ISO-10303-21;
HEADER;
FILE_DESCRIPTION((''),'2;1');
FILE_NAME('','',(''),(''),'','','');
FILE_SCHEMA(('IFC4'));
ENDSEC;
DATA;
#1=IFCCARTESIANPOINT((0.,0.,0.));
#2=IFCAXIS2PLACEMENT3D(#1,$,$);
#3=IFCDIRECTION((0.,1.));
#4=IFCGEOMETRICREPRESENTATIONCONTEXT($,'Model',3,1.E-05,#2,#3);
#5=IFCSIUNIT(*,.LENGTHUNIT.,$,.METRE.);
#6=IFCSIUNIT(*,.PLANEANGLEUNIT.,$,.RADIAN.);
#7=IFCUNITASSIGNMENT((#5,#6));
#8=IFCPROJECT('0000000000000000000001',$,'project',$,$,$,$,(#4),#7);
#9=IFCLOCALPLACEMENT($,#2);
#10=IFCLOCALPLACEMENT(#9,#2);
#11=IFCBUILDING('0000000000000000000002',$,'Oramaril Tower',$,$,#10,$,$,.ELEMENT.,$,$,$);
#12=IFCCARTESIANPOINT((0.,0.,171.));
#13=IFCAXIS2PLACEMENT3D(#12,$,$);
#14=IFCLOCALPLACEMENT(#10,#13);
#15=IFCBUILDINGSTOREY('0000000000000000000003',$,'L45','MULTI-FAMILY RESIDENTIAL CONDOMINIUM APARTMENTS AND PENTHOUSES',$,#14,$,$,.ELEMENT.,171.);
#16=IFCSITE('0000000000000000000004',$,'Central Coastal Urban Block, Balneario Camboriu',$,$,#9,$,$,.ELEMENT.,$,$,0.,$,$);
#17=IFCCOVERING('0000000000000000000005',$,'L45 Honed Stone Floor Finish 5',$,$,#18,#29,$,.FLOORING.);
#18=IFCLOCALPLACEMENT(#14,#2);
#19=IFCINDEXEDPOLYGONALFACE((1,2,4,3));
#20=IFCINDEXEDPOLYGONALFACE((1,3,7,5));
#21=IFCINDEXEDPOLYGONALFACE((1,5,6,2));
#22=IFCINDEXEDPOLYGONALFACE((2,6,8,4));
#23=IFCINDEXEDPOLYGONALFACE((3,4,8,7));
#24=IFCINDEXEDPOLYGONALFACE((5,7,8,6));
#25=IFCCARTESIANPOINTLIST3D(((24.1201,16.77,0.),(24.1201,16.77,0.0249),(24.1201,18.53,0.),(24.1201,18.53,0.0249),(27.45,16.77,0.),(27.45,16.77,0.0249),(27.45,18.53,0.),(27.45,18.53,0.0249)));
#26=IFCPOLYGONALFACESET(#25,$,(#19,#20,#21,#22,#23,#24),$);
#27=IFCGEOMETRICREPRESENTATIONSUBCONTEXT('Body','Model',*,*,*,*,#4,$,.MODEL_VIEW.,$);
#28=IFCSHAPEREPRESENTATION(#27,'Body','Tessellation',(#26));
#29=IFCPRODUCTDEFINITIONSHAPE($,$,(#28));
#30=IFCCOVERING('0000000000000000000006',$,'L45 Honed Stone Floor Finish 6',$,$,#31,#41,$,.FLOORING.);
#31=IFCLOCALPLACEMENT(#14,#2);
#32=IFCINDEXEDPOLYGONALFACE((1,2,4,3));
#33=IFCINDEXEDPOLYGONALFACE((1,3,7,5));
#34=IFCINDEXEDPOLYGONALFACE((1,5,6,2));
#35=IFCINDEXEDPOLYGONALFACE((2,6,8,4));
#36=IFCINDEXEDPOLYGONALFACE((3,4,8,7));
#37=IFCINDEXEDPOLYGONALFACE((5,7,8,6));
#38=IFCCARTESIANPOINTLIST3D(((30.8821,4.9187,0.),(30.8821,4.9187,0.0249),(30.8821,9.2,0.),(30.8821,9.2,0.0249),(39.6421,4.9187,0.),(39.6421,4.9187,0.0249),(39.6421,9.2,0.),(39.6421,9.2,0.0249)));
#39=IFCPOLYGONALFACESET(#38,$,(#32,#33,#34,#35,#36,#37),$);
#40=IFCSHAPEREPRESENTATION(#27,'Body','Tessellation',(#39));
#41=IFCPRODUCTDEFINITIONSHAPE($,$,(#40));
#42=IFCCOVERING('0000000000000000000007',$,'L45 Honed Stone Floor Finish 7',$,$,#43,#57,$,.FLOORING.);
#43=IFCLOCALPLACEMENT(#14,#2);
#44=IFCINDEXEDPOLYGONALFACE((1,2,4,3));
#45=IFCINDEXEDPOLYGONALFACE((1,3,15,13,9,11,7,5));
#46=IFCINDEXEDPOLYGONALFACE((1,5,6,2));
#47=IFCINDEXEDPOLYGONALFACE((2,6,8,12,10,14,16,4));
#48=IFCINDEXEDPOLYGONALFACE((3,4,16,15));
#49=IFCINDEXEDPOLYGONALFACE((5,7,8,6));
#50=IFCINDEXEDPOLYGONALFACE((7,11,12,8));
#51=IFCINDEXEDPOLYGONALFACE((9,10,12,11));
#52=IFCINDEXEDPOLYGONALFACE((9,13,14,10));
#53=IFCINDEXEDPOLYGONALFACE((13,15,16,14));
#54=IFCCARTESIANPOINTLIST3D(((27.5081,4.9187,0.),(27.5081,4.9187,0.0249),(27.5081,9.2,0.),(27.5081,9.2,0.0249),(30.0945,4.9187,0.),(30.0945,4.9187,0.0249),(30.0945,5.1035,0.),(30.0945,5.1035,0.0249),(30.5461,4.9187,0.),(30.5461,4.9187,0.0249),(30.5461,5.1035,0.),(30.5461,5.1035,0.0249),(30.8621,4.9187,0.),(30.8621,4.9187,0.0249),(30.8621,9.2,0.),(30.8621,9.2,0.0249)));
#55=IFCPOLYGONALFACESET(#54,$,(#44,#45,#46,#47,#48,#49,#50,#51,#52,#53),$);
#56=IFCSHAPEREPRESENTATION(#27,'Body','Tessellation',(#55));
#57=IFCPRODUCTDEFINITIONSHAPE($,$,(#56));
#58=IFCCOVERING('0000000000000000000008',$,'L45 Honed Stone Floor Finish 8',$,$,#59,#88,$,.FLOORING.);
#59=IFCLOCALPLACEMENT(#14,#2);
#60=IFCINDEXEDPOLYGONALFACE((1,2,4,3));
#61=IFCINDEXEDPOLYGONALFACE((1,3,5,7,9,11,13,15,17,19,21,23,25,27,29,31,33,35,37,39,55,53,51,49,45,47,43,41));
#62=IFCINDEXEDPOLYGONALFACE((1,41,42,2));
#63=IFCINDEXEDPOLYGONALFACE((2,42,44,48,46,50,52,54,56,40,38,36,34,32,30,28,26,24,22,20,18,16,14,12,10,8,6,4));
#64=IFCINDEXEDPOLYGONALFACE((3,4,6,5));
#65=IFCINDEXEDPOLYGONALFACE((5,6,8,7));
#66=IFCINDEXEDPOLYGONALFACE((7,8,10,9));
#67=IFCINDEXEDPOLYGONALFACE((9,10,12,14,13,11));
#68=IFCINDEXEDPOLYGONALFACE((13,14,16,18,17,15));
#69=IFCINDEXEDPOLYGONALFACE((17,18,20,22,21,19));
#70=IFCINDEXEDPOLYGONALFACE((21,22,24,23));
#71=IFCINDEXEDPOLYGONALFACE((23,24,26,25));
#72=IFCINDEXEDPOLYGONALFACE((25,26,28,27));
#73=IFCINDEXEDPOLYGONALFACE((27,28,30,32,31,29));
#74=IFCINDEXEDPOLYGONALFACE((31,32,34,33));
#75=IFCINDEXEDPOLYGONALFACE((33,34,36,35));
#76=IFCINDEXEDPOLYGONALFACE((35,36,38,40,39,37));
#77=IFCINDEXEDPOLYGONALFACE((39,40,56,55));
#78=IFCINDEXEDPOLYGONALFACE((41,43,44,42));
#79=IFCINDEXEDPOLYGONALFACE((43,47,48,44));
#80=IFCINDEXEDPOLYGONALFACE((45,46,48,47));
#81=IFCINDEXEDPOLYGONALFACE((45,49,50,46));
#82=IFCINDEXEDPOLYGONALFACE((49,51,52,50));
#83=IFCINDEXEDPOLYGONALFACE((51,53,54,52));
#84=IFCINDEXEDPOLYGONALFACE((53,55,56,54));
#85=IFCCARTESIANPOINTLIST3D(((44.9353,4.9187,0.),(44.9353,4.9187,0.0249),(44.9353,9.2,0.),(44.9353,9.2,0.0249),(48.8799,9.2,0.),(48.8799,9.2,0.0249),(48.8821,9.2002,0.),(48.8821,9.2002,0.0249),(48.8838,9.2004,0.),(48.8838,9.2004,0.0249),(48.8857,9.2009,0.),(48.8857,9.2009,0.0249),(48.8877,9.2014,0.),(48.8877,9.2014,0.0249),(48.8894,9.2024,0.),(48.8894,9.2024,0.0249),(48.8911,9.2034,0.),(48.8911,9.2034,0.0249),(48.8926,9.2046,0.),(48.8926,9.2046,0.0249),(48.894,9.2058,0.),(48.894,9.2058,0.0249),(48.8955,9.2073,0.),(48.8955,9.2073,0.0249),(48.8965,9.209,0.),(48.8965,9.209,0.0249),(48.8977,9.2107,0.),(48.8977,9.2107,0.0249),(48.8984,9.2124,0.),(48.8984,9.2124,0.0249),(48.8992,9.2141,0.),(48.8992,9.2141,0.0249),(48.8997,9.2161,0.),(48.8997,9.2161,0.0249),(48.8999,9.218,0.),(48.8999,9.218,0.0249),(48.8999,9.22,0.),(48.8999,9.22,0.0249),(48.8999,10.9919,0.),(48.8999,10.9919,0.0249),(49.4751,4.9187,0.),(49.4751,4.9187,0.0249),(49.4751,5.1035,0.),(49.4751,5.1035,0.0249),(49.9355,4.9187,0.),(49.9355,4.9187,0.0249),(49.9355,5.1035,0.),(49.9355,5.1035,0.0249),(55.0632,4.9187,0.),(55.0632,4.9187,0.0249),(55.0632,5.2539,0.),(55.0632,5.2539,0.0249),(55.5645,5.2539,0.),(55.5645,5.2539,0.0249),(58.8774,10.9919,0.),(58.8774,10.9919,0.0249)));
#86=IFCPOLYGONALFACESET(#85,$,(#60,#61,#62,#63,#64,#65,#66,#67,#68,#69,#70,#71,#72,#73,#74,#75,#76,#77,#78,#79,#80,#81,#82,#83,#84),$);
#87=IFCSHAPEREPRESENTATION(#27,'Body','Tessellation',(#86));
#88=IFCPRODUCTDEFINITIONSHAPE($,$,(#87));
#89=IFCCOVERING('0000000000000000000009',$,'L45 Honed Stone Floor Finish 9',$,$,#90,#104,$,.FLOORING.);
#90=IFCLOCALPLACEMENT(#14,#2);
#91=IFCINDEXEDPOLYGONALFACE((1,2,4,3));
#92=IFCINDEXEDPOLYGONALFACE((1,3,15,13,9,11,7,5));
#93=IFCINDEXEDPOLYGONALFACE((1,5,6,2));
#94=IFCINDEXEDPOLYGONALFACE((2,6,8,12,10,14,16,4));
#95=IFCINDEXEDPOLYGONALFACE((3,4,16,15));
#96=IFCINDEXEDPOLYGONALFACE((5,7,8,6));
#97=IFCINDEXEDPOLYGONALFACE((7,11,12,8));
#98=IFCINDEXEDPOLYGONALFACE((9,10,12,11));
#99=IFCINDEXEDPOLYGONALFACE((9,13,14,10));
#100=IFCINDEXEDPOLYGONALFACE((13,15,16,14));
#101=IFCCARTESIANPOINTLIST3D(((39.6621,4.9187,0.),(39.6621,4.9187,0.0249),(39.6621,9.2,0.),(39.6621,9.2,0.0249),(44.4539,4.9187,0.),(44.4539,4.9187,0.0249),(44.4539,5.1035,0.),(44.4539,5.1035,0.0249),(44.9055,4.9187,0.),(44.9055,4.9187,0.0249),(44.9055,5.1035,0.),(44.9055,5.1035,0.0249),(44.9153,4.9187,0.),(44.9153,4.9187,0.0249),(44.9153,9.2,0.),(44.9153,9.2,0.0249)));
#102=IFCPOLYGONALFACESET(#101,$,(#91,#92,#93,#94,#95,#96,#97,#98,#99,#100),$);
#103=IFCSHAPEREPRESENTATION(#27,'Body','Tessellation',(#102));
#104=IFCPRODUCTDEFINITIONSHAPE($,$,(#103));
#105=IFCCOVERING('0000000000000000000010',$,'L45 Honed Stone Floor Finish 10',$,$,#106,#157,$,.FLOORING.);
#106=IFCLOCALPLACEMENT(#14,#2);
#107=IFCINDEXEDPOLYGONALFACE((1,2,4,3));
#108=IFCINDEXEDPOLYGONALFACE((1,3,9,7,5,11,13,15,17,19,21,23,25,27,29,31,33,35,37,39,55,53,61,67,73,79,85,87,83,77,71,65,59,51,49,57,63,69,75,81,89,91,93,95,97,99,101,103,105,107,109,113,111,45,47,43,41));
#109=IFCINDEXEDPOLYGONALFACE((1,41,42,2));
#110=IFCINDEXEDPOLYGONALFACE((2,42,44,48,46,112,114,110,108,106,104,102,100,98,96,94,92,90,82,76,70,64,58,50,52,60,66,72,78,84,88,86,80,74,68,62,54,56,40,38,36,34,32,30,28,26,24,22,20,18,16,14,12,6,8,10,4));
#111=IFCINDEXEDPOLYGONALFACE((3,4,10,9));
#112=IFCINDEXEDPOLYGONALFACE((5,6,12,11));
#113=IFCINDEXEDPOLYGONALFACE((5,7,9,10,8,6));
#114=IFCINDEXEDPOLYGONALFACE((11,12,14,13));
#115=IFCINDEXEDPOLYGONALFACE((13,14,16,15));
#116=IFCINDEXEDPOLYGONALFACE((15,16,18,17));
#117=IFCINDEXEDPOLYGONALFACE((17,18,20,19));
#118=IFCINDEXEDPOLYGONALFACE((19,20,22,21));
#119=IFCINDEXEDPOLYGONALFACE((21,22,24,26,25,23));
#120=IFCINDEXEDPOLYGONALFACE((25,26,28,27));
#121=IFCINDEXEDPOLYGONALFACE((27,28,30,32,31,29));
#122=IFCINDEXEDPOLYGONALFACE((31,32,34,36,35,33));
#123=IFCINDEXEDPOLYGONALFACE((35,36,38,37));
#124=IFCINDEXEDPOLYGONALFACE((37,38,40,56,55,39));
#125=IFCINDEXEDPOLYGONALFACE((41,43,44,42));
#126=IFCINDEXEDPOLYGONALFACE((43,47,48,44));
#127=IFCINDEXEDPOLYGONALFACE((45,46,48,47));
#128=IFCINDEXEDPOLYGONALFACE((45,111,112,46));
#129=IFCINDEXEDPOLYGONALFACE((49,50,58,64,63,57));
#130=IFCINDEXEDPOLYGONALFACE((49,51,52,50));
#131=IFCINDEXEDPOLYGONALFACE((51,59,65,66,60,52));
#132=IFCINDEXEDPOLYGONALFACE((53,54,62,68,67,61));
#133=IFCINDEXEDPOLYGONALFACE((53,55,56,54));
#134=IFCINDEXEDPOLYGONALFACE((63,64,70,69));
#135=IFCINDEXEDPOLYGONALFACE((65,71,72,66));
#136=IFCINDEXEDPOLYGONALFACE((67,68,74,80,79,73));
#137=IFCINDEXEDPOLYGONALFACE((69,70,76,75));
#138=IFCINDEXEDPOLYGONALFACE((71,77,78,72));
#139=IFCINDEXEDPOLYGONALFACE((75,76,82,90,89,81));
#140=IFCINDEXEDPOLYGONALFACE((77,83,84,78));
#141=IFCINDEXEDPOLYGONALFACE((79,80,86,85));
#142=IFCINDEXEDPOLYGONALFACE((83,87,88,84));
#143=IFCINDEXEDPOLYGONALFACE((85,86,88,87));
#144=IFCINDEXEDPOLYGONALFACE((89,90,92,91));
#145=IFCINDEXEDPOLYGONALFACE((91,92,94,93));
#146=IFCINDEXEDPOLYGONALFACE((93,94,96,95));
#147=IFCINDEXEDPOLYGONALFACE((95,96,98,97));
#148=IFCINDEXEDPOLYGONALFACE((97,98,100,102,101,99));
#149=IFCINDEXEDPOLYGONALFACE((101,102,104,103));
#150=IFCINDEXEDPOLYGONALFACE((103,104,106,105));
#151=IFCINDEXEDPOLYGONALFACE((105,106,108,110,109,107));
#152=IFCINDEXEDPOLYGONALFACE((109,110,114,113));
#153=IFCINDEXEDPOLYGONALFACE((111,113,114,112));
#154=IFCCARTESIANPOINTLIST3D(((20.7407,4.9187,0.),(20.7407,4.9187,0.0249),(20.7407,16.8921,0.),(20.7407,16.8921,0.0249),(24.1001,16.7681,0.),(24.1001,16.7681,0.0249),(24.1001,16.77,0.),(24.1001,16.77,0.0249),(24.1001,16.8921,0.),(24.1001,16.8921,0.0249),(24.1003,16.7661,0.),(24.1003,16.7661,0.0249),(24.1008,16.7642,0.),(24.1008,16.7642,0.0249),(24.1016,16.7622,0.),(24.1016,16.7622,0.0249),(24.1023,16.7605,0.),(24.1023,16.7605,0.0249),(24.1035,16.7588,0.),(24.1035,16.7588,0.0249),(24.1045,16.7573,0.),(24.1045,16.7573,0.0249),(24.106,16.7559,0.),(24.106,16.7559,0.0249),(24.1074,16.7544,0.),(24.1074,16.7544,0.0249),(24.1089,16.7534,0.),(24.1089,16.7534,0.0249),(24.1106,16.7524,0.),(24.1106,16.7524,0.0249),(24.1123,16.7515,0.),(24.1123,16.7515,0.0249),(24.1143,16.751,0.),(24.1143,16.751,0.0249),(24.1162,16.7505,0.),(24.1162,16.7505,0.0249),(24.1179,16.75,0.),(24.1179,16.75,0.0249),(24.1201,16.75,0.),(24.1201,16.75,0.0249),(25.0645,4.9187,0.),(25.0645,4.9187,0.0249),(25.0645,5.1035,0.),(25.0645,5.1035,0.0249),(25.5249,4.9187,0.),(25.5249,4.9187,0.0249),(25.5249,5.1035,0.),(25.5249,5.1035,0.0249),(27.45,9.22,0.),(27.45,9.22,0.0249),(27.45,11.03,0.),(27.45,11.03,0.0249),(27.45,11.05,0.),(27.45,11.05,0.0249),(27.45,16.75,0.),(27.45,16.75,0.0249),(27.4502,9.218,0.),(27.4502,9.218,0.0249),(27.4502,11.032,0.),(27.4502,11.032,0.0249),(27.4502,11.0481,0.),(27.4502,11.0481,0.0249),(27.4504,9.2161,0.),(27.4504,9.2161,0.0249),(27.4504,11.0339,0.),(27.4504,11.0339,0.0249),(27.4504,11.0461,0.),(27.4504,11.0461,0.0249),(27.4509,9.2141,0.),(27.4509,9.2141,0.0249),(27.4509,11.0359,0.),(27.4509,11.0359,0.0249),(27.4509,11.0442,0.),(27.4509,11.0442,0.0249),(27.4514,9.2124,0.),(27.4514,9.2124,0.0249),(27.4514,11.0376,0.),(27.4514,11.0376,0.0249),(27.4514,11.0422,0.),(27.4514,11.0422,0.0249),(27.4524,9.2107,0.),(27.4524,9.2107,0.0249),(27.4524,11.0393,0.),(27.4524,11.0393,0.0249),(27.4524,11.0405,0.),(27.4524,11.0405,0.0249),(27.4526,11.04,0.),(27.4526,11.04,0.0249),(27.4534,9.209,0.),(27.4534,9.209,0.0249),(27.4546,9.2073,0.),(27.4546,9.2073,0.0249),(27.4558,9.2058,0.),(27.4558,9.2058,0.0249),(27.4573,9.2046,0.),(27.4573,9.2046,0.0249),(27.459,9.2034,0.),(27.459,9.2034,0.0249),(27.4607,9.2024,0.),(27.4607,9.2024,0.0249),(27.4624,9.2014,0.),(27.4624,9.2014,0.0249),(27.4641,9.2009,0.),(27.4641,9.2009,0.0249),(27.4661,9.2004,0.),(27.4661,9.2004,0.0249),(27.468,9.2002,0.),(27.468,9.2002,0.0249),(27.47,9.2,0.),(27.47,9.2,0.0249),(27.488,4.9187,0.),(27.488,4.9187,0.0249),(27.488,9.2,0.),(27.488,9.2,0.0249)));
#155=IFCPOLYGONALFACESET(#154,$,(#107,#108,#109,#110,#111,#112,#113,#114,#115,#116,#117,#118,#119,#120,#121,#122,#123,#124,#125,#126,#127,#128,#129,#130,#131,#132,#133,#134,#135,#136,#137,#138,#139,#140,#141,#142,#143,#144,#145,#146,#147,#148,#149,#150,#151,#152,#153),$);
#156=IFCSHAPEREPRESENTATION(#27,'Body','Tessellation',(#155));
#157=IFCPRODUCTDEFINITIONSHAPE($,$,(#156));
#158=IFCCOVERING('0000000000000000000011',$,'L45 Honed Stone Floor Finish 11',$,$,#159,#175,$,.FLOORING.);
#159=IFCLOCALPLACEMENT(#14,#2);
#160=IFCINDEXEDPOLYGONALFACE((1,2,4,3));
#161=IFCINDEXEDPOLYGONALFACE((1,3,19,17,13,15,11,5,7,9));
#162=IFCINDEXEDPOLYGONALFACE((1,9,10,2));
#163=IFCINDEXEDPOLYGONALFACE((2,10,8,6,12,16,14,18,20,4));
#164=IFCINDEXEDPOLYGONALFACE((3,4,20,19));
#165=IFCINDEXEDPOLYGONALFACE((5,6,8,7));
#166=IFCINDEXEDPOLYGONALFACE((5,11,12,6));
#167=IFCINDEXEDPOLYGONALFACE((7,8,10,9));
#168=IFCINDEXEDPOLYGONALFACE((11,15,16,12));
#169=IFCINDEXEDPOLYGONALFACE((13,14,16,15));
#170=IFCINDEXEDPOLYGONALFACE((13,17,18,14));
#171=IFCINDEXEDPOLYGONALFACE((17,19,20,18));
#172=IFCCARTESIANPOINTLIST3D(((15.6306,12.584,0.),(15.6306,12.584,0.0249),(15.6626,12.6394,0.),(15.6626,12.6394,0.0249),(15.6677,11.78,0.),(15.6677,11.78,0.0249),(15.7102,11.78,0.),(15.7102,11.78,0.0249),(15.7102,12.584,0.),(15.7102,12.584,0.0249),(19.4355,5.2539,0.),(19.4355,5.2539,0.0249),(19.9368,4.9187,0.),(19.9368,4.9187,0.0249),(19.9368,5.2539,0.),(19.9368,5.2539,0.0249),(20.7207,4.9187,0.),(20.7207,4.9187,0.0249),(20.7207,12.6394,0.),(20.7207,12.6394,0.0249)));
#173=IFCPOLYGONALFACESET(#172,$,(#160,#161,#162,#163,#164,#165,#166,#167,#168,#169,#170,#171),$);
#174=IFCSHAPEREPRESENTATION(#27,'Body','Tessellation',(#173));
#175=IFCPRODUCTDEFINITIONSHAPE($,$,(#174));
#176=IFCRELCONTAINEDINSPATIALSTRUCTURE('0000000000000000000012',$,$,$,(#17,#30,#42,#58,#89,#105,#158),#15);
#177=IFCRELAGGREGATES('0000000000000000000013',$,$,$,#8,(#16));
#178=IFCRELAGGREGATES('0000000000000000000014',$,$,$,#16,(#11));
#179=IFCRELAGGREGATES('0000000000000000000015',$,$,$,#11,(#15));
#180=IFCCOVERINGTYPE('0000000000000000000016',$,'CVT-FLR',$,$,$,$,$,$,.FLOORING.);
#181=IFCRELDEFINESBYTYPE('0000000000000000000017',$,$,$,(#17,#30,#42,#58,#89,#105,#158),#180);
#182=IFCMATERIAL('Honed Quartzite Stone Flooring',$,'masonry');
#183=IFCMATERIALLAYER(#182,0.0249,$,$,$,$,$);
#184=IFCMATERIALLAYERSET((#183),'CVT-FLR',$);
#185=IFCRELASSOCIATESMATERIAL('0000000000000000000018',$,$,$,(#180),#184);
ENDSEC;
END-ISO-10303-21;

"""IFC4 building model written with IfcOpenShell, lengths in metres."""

from ifc_helpers import new_model, si_unit, direction, frame, origin, place, context, subcontext, project, spatial, polyline, outline, extrude, material, layer, layer_set, type_object, element, save


model = new_model("IFC4")

# Units and contexts
model_context = context("Model", 3, precision=1e-05, world=origin(), true_north=direction((0.0, 1.0)))
body_context = subcontext(model_context, "Body", "Model", "MODEL_VIEW")
ifc_project = project(units=[si_unit("LENGTHUNIT", "METRE"), si_unit("PLANEANGLEUNIT", "RADIAN")], contexts=[model_context])

# Site, building, storey
site_placement = place(None, origin())
site = spatial("IfcSite", under=ifc_project, at=site_placement, Name="Central Coastal Urban Block, Balneario Camboriu", CompositionType="ELEMENT", RefElevation=0.0)
building_placement = place(site_placement, origin())
building = spatial("IfcBuilding", under=site, at=building_placement, Name="Oramaril Tower", CompositionType="ELEMENT")
storey_placement = place(building_placement, frame((0.0, 0.0, 171.0)))
storey = spatial("IfcBuildingStorey", under=building, at=storey_placement, Name="L45", Description="MULTI-FAMILY RESIDENTIAL CONDOMINIUM APARTMENTS AND PENTHOUSES", CompositionType="ELEMENT", Elevation=171.0)

# Coverings
ifc_material_1 = material(Name="Honed Quartzite Stone Flooring", Category="masonry")
ifc_layer_1 = layer(ifc_material_1, 0.0249)
ifc_layer_set_1 = layer_set([ifc_layer_1], Name="CVT-FLR")
covering_type_1 = type_object("IfcCoveringType", Name="CVT-FLR", PredefinedType="FLOORING", material=ifc_layer_set_1)
covering_1_placement = place(storey_placement, origin())
element("IfcCovering", 1, at=covering_1_placement, inside=storey, type_object=covering_type_1, Name="L45 Honed Stone Floor Finish 5", PredefinedType="FLOORING", context=body_context, shape_type="SweptSolid", body=[
    extrude(outline(polyline([(24.1201, 16.77), (24.1201, 18.53), (27.45, 18.53), (27.45, 16.77), (24.1201, 16.77)])), origin(), (0.0, 0.0, 1.0), 0.0249),
])
covering_2_placement = place(storey_placement, origin())
element("IfcCovering", 2, at=covering_2_placement, inside=storey, type_object=covering_type_1, Name="L45 Honed Stone Floor Finish 6", PredefinedType="FLOORING", context=body_context, shape_type="SweptSolid", body=[
    extrude(outline(polyline([(30.8821, 4.9187), (30.8821, 9.2), (39.6421, 9.2), (39.6421, 4.9187), (30.8821, 4.9187)])), origin(), (0.0, 0.0, 1.0), 0.0249),
])
covering_3_placement = place(storey_placement, origin())
element("IfcCovering", 3, at=covering_3_placement, inside=storey, type_object=covering_type_1, Name="L45 Honed Stone Floor Finish 7", PredefinedType="FLOORING", context=body_context, shape_type="SweptSolid", body=[
    extrude(outline(polyline([(30.5461, 5.1035), (30.0945, 5.1035), (30.0945, 4.9187), (27.5081, 4.9187), (27.5081, 9.2), (30.8621, 9.2), (30.8621, 4.9187), (30.5461, 4.9187), (30.5461, 5.1035)])), origin(), (0.0, 0.0, 1.0), 0.0249),
])
covering_4_placement = place(storey_placement, origin())
element("IfcCovering", 4, at=covering_4_placement, inside=storey, type_object=covering_type_1, Name="L45 Honed Stone Floor Finish 8", PredefinedType="FLOORING", context=body_context, shape_type="SweptSolid", body=[
    extrude(outline(polyline([(55.5645, 5.2539), (55.0632, 5.2539), (55.0632, 4.9187), (49.9355, 4.9187), (49.9355, 5.1035), (49.4751, 5.1035), (49.4751, 4.9187), (44.9353, 4.9187), (44.9353, 9.2), (48.8799, 9.2), (48.8821, 9.2002), (48.8838, 9.2004), (48.8857, 9.2009), (48.8877, 9.2014), (48.8894, 9.2024), (48.8911, 9.2034), (48.8926, 9.2046), (48.894, 9.2058), (48.8955, 9.2073), (48.8965, 9.209), (48.8977, 9.2107), (48.8984, 9.2124), (48.8992, 9.2141), (48.8997, 9.2161), (48.8999, 9.218), (48.8999, 9.22), (48.8999, 10.9919), (58.8774, 10.9919), (55.5645, 5.2539)])), origin(), (0.0, 0.0, 1.0), 0.0249),
])
covering_5_placement = place(storey_placement, origin())
element("IfcCovering", 5, at=covering_5_placement, inside=storey, type_object=covering_type_1, Name="L45 Honed Stone Floor Finish 9", PredefinedType="FLOORING", context=body_context, shape_type="SweptSolid", body=[
    extrude(outline(polyline([(44.9055, 4.9187), (44.9055, 5.1035), (44.4539, 5.1035), (44.4539, 4.9187), (39.6621, 4.9187), (39.6621, 9.2), (44.9153, 9.2), (44.9153, 4.9187), (44.9055, 4.9187)])), origin(), (0.0, 0.0, 1.0), 0.0249),
])
covering_6_placement = place(storey_placement, origin())
element("IfcCovering", 6, at=covering_6_placement, inside=storey, type_object=covering_type_1, Name="L45 Honed Stone Floor Finish 10", PredefinedType="FLOORING", context=body_context, shape_type="SweptSolid", body=[
    extrude(outline(polyline([(25.5249, 4.9187), (25.5249, 5.1035), (25.0645, 5.1035), (25.0645, 4.9187), (20.7407, 4.9187), (20.7407, 16.8921), (24.1001, 16.8921), (24.1001, 16.77), (24.1001, 16.7681), (24.1003, 16.7661), (24.1008, 16.7642), (24.1016, 16.7622), (24.1023, 16.7605), (24.1035, 16.7588), (24.1045, 16.7573), (24.106, 16.7559), (24.1074, 16.7544), (24.1089, 16.7534), (24.1106, 16.7524), (24.1123, 16.7515), (24.1143, 16.751), (24.1162, 16.7505), (24.1179, 16.75), (24.1201, 16.75), (27.45, 16.75), (27.45, 11.05), (27.4502, 11.0481), (27.4504, 11.0461), (27.4509, 11.0442), (27.4514, 11.0422), (27.4524, 11.0405), (27.4526, 11.04), (27.4524, 11.0393), (27.4514, 11.0376), (27.4509, 11.0359), (27.4504, 11.0339), (27.4502, 11.032), (27.45, 11.03), (27.45, 9.22), (27.4502, 9.218), (27.4504, 9.2161), (27.4509, 9.2141), (27.4514, 9.2124), (27.4524, 9.2107), (27.4534, 9.209), (27.4546, 9.2073), (27.4558, 9.2058), (27.4573, 9.2046), (27.459, 9.2034), (27.4607, 9.2024), (27.4624, 9.2014), (27.4641, 9.2009), (27.4661, 9.2004), (27.468, 9.2002), (27.47, 9.2), (27.488, 9.2), (27.488, 4.9187), (25.5249, 4.9187)])), origin(), (0.0, 0.0, 1.0), 0.0249),
])
covering_7_placement = place(storey_placement, origin())
element("IfcCovering", 7, at=covering_7_placement, inside=storey, type_object=covering_type_1, Name="L45 Honed Stone Floor Finish 11", PredefinedType="FLOORING", context=body_context, shape_type="SweptSolid", body=[
    extrude(outline(polyline([(19.9368, 4.9187), (19.9368, 5.2539), (19.4355, 5.2539), (15.6677, 11.78), (15.7102, 11.78), (15.7102, 12.584), (15.6306, 12.584), (15.6626, 12.6394), (20.7207, 12.6394), (20.7207, 4.9187), (19.9368, 4.9187)])), origin(), (0.0, 0.0, 1.0), 0.0249),
])

save(model, "model.ifc")
